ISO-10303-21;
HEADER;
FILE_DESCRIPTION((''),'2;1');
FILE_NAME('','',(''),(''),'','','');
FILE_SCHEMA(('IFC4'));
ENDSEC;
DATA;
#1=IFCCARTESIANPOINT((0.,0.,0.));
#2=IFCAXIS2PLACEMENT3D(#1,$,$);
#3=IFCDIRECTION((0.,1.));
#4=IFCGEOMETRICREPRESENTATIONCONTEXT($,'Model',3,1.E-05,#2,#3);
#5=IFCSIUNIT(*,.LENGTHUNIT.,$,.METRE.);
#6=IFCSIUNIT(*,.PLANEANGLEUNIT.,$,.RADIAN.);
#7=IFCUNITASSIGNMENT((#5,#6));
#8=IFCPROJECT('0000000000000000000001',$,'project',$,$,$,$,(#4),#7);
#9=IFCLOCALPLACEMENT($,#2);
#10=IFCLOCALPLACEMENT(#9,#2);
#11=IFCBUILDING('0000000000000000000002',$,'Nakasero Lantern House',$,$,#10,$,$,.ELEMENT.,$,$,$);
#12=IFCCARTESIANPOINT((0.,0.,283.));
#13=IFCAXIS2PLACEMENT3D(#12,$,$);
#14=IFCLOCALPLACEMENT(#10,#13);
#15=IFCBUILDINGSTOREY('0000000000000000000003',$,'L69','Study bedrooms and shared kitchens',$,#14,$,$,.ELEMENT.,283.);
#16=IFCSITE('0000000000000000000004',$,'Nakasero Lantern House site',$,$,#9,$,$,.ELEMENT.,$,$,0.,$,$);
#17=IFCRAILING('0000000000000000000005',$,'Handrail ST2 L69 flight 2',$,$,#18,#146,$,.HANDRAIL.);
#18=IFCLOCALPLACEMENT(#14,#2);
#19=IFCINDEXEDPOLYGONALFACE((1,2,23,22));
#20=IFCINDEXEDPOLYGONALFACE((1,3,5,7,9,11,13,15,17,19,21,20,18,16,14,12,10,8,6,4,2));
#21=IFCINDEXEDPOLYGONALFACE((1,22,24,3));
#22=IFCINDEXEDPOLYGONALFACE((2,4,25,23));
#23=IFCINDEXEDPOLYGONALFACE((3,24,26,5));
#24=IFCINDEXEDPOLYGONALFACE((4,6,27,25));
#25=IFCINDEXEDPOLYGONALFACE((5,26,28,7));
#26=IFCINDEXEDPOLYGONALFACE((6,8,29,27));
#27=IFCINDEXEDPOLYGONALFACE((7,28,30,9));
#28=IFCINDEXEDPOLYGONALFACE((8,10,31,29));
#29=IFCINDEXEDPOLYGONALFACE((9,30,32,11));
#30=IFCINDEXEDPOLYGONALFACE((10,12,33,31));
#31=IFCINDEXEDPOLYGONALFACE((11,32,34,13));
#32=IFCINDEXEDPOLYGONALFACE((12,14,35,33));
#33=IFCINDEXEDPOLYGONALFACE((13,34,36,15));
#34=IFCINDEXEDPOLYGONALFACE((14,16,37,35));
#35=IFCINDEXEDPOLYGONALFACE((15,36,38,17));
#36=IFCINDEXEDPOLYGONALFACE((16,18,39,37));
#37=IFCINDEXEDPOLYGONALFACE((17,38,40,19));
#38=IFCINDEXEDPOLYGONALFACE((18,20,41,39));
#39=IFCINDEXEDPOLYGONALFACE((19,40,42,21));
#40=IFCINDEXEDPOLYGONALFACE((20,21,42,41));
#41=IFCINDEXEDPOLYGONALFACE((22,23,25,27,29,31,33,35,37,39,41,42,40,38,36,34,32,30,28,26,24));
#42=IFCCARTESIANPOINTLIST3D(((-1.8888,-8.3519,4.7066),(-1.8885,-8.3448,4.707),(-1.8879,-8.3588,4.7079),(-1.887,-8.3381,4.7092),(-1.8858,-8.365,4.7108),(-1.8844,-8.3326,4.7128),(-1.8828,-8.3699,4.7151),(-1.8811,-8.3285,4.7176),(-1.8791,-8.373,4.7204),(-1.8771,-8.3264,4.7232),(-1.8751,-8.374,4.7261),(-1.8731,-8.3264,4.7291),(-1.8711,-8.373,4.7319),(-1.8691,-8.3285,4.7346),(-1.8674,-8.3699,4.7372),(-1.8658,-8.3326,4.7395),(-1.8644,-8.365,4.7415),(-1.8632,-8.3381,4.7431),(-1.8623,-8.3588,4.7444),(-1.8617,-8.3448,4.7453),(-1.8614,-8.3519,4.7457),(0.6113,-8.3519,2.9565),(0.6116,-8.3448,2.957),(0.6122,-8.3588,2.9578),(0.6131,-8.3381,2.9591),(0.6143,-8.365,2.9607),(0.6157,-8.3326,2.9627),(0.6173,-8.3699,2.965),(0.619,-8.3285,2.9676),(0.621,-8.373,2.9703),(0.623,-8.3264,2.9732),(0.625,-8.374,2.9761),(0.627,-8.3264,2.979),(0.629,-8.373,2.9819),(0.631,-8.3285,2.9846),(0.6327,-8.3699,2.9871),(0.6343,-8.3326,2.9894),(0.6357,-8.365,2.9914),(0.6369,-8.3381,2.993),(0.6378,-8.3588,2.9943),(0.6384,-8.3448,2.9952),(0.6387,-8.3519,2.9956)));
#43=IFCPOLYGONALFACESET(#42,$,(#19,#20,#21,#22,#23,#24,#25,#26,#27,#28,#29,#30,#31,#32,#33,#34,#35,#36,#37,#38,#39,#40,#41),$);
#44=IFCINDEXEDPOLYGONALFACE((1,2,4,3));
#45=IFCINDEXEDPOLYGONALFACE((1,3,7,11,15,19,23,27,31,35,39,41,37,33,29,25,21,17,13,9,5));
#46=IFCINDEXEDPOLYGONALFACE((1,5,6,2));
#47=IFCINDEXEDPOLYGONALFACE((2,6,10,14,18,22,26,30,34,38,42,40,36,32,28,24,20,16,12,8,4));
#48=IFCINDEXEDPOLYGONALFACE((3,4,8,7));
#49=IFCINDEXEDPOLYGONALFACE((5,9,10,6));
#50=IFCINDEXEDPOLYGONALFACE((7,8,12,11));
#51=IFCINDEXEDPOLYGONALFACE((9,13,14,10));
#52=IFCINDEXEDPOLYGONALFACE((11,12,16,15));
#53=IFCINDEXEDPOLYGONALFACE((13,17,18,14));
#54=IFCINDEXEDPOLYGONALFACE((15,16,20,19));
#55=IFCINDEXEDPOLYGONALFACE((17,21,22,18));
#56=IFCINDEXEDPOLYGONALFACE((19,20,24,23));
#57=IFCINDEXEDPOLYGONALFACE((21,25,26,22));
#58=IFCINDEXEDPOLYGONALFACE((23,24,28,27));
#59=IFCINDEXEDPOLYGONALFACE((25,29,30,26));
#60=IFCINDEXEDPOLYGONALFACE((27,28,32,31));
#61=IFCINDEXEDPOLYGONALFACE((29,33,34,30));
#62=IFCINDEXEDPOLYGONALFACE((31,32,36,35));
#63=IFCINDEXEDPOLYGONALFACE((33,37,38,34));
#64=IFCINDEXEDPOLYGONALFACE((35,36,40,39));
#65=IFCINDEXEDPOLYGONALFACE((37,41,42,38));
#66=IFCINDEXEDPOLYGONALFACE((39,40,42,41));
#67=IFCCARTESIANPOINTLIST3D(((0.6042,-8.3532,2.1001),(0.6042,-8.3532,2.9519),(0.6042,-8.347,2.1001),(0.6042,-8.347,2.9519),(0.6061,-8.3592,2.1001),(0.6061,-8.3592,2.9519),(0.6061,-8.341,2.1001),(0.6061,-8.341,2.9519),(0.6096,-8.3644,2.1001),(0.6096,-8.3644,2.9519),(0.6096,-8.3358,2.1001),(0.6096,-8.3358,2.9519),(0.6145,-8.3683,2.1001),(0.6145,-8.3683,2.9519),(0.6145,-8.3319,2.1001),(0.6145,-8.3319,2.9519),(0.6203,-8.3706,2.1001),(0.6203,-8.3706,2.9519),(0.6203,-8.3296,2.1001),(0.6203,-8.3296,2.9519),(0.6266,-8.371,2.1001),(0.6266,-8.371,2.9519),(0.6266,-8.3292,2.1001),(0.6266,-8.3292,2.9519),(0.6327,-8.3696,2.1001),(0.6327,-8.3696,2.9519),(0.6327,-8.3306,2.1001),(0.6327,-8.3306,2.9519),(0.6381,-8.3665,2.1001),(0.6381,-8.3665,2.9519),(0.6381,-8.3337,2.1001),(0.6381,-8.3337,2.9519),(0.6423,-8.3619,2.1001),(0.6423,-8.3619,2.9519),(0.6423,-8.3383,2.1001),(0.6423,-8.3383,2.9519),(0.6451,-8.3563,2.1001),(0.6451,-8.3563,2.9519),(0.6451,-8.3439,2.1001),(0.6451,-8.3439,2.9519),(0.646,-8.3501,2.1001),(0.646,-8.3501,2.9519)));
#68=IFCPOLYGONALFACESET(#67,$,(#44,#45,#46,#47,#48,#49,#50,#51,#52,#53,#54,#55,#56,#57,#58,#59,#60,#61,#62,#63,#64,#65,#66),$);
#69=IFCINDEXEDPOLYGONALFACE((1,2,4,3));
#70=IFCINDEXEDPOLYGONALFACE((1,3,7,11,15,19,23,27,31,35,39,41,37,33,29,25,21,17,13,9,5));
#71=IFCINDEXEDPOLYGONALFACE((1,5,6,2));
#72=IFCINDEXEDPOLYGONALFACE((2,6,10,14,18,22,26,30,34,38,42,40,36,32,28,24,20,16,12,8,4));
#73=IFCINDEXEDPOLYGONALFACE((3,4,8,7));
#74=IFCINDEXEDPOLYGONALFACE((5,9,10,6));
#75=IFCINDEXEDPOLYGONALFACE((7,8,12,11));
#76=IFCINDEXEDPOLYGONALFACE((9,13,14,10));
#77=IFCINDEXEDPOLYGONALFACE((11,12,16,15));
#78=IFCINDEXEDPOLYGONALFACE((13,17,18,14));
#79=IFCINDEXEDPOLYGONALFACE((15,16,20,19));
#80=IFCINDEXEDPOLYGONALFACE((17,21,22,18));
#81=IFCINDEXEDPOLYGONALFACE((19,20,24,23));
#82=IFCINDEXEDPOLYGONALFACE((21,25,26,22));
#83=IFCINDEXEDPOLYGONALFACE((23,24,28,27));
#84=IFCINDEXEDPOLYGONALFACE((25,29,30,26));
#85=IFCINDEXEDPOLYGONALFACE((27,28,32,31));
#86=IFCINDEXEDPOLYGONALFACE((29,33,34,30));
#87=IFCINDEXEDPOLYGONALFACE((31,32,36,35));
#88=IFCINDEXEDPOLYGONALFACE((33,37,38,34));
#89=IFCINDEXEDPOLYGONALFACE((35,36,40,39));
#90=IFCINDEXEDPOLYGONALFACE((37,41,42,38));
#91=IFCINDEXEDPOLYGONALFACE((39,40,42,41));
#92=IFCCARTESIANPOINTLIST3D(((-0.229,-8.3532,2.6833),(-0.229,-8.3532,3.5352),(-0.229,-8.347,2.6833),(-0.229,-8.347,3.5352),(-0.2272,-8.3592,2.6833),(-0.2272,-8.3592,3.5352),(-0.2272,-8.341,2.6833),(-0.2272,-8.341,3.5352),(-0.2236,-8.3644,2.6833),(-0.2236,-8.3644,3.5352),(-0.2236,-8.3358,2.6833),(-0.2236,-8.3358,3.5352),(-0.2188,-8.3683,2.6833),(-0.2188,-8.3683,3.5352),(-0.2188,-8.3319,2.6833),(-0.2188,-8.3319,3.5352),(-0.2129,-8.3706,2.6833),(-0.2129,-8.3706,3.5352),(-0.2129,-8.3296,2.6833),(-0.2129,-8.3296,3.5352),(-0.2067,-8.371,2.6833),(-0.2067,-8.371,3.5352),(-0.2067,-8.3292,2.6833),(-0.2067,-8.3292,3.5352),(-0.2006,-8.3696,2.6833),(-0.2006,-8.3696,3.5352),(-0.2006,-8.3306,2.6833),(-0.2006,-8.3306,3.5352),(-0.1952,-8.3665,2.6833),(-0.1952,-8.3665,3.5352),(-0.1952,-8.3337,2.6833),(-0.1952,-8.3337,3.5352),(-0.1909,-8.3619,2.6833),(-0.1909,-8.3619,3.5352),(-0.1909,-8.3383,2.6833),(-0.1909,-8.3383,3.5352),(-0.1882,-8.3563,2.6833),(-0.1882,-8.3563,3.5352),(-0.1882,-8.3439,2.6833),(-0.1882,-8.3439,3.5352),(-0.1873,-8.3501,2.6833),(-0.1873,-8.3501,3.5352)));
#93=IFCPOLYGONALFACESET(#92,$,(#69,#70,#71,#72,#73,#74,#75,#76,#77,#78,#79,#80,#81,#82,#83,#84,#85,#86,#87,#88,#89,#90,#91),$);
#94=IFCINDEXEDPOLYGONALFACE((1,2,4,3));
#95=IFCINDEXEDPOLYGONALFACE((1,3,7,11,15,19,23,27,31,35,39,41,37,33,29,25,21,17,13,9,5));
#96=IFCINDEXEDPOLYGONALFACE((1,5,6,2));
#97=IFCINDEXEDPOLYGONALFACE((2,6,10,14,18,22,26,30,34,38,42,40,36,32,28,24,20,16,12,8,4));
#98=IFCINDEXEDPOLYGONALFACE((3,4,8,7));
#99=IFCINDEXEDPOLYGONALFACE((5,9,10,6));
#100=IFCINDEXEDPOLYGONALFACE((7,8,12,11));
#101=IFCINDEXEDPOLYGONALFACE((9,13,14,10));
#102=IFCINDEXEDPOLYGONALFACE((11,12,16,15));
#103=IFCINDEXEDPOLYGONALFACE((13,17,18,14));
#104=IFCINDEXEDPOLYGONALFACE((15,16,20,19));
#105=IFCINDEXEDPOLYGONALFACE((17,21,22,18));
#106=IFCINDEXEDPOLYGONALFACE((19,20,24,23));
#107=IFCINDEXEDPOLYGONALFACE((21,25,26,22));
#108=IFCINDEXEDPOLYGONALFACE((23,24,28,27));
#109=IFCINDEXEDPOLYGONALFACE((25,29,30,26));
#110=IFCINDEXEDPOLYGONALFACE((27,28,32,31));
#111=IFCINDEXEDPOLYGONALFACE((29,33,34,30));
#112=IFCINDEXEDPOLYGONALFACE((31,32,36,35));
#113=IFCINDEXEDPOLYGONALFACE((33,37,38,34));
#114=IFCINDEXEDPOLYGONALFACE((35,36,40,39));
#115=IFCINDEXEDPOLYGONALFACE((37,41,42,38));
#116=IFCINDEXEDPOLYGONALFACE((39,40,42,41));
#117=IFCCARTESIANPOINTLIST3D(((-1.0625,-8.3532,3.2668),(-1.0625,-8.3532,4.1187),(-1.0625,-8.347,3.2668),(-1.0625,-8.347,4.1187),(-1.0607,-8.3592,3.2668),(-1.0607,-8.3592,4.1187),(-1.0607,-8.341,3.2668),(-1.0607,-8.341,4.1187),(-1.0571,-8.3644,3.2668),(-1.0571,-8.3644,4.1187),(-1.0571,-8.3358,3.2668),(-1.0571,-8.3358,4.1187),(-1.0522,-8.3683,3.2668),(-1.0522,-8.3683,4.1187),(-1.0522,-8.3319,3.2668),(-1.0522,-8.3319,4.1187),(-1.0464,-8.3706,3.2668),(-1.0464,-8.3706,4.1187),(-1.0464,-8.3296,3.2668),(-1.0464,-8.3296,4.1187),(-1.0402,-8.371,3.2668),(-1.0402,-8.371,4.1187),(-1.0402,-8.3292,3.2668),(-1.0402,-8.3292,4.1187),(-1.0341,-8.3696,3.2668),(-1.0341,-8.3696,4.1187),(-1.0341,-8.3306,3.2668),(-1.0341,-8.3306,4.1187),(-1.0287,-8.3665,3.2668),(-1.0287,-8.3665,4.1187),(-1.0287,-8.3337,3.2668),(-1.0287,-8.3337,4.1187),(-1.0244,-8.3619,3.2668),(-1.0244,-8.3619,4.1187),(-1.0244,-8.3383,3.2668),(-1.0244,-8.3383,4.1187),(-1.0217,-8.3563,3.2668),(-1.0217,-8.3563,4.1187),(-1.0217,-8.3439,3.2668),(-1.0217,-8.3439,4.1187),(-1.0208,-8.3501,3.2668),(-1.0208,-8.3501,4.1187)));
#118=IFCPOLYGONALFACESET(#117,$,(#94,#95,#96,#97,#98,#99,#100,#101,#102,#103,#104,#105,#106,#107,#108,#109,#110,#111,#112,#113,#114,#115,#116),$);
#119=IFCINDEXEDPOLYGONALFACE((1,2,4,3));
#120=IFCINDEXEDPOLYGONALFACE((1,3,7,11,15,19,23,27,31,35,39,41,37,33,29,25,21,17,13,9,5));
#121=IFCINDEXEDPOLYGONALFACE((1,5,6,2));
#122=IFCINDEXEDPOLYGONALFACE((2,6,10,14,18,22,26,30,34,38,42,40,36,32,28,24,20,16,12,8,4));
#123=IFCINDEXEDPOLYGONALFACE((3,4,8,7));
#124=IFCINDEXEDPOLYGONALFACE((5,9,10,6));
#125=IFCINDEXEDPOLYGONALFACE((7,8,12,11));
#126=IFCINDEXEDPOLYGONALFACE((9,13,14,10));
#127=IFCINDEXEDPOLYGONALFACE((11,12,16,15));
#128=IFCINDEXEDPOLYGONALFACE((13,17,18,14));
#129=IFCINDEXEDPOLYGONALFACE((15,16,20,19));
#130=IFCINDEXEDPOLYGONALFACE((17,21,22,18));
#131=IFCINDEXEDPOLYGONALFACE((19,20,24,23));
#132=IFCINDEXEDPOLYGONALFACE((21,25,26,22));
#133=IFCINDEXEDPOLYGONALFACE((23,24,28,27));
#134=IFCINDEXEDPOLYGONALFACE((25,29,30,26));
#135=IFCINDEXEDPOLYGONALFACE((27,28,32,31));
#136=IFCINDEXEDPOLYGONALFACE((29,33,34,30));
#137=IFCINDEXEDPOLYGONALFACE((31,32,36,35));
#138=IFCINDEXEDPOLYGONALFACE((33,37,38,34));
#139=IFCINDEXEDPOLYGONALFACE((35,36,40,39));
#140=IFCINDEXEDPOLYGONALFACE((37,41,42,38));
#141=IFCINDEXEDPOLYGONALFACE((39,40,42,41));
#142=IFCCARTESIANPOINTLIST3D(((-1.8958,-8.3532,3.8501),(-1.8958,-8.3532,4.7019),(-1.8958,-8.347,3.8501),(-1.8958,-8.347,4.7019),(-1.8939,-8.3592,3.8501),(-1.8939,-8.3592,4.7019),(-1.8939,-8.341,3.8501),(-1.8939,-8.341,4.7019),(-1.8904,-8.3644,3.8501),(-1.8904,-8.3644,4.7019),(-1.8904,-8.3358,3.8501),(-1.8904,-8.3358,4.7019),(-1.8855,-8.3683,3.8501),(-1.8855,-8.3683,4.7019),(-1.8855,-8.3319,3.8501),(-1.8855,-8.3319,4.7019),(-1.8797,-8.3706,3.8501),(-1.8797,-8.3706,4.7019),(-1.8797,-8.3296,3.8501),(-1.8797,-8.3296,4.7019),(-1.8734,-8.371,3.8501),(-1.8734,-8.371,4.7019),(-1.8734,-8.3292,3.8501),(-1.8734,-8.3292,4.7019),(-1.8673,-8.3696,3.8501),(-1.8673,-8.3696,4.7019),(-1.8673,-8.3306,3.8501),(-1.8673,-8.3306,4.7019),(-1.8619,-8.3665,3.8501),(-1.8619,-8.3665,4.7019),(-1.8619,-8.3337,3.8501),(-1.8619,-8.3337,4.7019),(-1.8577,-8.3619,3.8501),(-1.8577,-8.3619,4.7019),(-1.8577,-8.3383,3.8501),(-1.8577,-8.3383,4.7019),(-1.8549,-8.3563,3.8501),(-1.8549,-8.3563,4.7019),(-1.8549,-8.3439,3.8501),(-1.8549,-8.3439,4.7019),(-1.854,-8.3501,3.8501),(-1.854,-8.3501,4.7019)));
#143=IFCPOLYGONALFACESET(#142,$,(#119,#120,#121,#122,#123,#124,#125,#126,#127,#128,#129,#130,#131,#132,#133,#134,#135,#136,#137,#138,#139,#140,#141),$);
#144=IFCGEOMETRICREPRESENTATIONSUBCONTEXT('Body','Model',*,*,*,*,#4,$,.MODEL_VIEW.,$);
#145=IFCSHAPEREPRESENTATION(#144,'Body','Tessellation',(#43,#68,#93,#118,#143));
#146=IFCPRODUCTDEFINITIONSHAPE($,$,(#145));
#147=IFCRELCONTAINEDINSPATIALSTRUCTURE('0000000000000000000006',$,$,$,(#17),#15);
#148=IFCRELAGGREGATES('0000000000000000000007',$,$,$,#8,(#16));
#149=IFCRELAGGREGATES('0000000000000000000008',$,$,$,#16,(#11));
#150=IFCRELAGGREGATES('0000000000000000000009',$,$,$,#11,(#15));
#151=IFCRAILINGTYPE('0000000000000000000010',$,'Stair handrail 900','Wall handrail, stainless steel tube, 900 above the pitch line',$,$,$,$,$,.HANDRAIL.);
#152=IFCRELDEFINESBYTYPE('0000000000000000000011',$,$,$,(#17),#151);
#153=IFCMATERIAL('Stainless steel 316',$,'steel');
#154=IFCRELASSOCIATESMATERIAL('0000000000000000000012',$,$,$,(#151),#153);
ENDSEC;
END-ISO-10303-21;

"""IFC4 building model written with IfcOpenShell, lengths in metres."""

from ifc_helpers import new_model, si_unit, direction, frame, origin, origin_2d, place, context, subcontext, project, spatial, circle, extrude, material, type_object, element, save


model = new_model("IFC4")

# Units and contexts
model_context = context("Model", 3, precision=1e-05, world=origin(), true_north=direction((0.0, 1.0)))
body_context = subcontext(model_context, "Body", "Model", "MODEL_VIEW")
ifc_project = project(units=[si_unit("LENGTHUNIT", "METRE"), si_unit("PLANEANGLEUNIT", "RADIAN")], contexts=[model_context])

# Site, building, storey
site_placement = place(None, origin())
site = spatial("IfcSite", under=ifc_project, at=site_placement, Name="Nakasero Lantern House site", CompositionType="ELEMENT", RefElevation=0.0)
building_placement = place(site_placement, origin())
building = spatial("IfcBuilding", under=site, at=building_placement, Name="Nakasero Lantern House", CompositionType="ELEMENT")
storey_placement = place(building_placement, frame((0.0, 0.0, 283.0)))
storey = spatial("IfcBuildingStorey", under=building, at=storey_placement, Name="L69", Description="Study bedrooms and shared kitchens", CompositionType="ELEMENT", Elevation=283.0)

# Railing
ifc_material_1 = material(Name="Stainless steel 316", Category="steel")
railing_type = type_object("IfcRailingType", Name="Stair handrail 900", Description="Wall handrail, stainless steel tube, 900 above the pitch line", PredefinedType="HANDRAIL", material=ifc_material_1)
railing_placement = place(storey_placement, frame((0.625, -8.3501, 2.1001)))
element("IfcRailing", 1, at=railing_placement, inside=storey, type_object=railing_type, Name="Handrail ST2 L69 flight 2", PredefinedType="HANDRAIL", context=body_context, shape_type="SweptSolid", body=[
    extrude(circle(Radius=0.0239, at=origin_2d()), frame((0.0, 0.0, 0.876), z_axis=(-0.819232, 0.0, 0.573462), x_axis=(0.0, -1.0, 0.0)), (0.0, 0.0, 1.0), 3.0518),
    extrude(circle(Radius=0.021, at=origin_2d()), origin(), (0.0, 0.0, 1.0), 0.8518),
    extrude(circle(Radius=0.021, at=origin_2d()), frame((-0.8333, 0.0, 0.5833)), (0.0, 0.0, 1.0), 0.8518),
    extrude(circle(Radius=0.021, at=origin_2d()), frame((-1.6667, 0.0, 1.1667)), (0.0, 0.0, 1.0), 0.8518),
    extrude(circle(Radius=0.021, at=origin_2d()), frame((-2.5, 0.0, 1.75)), (0.0, 0.0, 1.0), 0.8518),
])

save(model, "model.ifc")
